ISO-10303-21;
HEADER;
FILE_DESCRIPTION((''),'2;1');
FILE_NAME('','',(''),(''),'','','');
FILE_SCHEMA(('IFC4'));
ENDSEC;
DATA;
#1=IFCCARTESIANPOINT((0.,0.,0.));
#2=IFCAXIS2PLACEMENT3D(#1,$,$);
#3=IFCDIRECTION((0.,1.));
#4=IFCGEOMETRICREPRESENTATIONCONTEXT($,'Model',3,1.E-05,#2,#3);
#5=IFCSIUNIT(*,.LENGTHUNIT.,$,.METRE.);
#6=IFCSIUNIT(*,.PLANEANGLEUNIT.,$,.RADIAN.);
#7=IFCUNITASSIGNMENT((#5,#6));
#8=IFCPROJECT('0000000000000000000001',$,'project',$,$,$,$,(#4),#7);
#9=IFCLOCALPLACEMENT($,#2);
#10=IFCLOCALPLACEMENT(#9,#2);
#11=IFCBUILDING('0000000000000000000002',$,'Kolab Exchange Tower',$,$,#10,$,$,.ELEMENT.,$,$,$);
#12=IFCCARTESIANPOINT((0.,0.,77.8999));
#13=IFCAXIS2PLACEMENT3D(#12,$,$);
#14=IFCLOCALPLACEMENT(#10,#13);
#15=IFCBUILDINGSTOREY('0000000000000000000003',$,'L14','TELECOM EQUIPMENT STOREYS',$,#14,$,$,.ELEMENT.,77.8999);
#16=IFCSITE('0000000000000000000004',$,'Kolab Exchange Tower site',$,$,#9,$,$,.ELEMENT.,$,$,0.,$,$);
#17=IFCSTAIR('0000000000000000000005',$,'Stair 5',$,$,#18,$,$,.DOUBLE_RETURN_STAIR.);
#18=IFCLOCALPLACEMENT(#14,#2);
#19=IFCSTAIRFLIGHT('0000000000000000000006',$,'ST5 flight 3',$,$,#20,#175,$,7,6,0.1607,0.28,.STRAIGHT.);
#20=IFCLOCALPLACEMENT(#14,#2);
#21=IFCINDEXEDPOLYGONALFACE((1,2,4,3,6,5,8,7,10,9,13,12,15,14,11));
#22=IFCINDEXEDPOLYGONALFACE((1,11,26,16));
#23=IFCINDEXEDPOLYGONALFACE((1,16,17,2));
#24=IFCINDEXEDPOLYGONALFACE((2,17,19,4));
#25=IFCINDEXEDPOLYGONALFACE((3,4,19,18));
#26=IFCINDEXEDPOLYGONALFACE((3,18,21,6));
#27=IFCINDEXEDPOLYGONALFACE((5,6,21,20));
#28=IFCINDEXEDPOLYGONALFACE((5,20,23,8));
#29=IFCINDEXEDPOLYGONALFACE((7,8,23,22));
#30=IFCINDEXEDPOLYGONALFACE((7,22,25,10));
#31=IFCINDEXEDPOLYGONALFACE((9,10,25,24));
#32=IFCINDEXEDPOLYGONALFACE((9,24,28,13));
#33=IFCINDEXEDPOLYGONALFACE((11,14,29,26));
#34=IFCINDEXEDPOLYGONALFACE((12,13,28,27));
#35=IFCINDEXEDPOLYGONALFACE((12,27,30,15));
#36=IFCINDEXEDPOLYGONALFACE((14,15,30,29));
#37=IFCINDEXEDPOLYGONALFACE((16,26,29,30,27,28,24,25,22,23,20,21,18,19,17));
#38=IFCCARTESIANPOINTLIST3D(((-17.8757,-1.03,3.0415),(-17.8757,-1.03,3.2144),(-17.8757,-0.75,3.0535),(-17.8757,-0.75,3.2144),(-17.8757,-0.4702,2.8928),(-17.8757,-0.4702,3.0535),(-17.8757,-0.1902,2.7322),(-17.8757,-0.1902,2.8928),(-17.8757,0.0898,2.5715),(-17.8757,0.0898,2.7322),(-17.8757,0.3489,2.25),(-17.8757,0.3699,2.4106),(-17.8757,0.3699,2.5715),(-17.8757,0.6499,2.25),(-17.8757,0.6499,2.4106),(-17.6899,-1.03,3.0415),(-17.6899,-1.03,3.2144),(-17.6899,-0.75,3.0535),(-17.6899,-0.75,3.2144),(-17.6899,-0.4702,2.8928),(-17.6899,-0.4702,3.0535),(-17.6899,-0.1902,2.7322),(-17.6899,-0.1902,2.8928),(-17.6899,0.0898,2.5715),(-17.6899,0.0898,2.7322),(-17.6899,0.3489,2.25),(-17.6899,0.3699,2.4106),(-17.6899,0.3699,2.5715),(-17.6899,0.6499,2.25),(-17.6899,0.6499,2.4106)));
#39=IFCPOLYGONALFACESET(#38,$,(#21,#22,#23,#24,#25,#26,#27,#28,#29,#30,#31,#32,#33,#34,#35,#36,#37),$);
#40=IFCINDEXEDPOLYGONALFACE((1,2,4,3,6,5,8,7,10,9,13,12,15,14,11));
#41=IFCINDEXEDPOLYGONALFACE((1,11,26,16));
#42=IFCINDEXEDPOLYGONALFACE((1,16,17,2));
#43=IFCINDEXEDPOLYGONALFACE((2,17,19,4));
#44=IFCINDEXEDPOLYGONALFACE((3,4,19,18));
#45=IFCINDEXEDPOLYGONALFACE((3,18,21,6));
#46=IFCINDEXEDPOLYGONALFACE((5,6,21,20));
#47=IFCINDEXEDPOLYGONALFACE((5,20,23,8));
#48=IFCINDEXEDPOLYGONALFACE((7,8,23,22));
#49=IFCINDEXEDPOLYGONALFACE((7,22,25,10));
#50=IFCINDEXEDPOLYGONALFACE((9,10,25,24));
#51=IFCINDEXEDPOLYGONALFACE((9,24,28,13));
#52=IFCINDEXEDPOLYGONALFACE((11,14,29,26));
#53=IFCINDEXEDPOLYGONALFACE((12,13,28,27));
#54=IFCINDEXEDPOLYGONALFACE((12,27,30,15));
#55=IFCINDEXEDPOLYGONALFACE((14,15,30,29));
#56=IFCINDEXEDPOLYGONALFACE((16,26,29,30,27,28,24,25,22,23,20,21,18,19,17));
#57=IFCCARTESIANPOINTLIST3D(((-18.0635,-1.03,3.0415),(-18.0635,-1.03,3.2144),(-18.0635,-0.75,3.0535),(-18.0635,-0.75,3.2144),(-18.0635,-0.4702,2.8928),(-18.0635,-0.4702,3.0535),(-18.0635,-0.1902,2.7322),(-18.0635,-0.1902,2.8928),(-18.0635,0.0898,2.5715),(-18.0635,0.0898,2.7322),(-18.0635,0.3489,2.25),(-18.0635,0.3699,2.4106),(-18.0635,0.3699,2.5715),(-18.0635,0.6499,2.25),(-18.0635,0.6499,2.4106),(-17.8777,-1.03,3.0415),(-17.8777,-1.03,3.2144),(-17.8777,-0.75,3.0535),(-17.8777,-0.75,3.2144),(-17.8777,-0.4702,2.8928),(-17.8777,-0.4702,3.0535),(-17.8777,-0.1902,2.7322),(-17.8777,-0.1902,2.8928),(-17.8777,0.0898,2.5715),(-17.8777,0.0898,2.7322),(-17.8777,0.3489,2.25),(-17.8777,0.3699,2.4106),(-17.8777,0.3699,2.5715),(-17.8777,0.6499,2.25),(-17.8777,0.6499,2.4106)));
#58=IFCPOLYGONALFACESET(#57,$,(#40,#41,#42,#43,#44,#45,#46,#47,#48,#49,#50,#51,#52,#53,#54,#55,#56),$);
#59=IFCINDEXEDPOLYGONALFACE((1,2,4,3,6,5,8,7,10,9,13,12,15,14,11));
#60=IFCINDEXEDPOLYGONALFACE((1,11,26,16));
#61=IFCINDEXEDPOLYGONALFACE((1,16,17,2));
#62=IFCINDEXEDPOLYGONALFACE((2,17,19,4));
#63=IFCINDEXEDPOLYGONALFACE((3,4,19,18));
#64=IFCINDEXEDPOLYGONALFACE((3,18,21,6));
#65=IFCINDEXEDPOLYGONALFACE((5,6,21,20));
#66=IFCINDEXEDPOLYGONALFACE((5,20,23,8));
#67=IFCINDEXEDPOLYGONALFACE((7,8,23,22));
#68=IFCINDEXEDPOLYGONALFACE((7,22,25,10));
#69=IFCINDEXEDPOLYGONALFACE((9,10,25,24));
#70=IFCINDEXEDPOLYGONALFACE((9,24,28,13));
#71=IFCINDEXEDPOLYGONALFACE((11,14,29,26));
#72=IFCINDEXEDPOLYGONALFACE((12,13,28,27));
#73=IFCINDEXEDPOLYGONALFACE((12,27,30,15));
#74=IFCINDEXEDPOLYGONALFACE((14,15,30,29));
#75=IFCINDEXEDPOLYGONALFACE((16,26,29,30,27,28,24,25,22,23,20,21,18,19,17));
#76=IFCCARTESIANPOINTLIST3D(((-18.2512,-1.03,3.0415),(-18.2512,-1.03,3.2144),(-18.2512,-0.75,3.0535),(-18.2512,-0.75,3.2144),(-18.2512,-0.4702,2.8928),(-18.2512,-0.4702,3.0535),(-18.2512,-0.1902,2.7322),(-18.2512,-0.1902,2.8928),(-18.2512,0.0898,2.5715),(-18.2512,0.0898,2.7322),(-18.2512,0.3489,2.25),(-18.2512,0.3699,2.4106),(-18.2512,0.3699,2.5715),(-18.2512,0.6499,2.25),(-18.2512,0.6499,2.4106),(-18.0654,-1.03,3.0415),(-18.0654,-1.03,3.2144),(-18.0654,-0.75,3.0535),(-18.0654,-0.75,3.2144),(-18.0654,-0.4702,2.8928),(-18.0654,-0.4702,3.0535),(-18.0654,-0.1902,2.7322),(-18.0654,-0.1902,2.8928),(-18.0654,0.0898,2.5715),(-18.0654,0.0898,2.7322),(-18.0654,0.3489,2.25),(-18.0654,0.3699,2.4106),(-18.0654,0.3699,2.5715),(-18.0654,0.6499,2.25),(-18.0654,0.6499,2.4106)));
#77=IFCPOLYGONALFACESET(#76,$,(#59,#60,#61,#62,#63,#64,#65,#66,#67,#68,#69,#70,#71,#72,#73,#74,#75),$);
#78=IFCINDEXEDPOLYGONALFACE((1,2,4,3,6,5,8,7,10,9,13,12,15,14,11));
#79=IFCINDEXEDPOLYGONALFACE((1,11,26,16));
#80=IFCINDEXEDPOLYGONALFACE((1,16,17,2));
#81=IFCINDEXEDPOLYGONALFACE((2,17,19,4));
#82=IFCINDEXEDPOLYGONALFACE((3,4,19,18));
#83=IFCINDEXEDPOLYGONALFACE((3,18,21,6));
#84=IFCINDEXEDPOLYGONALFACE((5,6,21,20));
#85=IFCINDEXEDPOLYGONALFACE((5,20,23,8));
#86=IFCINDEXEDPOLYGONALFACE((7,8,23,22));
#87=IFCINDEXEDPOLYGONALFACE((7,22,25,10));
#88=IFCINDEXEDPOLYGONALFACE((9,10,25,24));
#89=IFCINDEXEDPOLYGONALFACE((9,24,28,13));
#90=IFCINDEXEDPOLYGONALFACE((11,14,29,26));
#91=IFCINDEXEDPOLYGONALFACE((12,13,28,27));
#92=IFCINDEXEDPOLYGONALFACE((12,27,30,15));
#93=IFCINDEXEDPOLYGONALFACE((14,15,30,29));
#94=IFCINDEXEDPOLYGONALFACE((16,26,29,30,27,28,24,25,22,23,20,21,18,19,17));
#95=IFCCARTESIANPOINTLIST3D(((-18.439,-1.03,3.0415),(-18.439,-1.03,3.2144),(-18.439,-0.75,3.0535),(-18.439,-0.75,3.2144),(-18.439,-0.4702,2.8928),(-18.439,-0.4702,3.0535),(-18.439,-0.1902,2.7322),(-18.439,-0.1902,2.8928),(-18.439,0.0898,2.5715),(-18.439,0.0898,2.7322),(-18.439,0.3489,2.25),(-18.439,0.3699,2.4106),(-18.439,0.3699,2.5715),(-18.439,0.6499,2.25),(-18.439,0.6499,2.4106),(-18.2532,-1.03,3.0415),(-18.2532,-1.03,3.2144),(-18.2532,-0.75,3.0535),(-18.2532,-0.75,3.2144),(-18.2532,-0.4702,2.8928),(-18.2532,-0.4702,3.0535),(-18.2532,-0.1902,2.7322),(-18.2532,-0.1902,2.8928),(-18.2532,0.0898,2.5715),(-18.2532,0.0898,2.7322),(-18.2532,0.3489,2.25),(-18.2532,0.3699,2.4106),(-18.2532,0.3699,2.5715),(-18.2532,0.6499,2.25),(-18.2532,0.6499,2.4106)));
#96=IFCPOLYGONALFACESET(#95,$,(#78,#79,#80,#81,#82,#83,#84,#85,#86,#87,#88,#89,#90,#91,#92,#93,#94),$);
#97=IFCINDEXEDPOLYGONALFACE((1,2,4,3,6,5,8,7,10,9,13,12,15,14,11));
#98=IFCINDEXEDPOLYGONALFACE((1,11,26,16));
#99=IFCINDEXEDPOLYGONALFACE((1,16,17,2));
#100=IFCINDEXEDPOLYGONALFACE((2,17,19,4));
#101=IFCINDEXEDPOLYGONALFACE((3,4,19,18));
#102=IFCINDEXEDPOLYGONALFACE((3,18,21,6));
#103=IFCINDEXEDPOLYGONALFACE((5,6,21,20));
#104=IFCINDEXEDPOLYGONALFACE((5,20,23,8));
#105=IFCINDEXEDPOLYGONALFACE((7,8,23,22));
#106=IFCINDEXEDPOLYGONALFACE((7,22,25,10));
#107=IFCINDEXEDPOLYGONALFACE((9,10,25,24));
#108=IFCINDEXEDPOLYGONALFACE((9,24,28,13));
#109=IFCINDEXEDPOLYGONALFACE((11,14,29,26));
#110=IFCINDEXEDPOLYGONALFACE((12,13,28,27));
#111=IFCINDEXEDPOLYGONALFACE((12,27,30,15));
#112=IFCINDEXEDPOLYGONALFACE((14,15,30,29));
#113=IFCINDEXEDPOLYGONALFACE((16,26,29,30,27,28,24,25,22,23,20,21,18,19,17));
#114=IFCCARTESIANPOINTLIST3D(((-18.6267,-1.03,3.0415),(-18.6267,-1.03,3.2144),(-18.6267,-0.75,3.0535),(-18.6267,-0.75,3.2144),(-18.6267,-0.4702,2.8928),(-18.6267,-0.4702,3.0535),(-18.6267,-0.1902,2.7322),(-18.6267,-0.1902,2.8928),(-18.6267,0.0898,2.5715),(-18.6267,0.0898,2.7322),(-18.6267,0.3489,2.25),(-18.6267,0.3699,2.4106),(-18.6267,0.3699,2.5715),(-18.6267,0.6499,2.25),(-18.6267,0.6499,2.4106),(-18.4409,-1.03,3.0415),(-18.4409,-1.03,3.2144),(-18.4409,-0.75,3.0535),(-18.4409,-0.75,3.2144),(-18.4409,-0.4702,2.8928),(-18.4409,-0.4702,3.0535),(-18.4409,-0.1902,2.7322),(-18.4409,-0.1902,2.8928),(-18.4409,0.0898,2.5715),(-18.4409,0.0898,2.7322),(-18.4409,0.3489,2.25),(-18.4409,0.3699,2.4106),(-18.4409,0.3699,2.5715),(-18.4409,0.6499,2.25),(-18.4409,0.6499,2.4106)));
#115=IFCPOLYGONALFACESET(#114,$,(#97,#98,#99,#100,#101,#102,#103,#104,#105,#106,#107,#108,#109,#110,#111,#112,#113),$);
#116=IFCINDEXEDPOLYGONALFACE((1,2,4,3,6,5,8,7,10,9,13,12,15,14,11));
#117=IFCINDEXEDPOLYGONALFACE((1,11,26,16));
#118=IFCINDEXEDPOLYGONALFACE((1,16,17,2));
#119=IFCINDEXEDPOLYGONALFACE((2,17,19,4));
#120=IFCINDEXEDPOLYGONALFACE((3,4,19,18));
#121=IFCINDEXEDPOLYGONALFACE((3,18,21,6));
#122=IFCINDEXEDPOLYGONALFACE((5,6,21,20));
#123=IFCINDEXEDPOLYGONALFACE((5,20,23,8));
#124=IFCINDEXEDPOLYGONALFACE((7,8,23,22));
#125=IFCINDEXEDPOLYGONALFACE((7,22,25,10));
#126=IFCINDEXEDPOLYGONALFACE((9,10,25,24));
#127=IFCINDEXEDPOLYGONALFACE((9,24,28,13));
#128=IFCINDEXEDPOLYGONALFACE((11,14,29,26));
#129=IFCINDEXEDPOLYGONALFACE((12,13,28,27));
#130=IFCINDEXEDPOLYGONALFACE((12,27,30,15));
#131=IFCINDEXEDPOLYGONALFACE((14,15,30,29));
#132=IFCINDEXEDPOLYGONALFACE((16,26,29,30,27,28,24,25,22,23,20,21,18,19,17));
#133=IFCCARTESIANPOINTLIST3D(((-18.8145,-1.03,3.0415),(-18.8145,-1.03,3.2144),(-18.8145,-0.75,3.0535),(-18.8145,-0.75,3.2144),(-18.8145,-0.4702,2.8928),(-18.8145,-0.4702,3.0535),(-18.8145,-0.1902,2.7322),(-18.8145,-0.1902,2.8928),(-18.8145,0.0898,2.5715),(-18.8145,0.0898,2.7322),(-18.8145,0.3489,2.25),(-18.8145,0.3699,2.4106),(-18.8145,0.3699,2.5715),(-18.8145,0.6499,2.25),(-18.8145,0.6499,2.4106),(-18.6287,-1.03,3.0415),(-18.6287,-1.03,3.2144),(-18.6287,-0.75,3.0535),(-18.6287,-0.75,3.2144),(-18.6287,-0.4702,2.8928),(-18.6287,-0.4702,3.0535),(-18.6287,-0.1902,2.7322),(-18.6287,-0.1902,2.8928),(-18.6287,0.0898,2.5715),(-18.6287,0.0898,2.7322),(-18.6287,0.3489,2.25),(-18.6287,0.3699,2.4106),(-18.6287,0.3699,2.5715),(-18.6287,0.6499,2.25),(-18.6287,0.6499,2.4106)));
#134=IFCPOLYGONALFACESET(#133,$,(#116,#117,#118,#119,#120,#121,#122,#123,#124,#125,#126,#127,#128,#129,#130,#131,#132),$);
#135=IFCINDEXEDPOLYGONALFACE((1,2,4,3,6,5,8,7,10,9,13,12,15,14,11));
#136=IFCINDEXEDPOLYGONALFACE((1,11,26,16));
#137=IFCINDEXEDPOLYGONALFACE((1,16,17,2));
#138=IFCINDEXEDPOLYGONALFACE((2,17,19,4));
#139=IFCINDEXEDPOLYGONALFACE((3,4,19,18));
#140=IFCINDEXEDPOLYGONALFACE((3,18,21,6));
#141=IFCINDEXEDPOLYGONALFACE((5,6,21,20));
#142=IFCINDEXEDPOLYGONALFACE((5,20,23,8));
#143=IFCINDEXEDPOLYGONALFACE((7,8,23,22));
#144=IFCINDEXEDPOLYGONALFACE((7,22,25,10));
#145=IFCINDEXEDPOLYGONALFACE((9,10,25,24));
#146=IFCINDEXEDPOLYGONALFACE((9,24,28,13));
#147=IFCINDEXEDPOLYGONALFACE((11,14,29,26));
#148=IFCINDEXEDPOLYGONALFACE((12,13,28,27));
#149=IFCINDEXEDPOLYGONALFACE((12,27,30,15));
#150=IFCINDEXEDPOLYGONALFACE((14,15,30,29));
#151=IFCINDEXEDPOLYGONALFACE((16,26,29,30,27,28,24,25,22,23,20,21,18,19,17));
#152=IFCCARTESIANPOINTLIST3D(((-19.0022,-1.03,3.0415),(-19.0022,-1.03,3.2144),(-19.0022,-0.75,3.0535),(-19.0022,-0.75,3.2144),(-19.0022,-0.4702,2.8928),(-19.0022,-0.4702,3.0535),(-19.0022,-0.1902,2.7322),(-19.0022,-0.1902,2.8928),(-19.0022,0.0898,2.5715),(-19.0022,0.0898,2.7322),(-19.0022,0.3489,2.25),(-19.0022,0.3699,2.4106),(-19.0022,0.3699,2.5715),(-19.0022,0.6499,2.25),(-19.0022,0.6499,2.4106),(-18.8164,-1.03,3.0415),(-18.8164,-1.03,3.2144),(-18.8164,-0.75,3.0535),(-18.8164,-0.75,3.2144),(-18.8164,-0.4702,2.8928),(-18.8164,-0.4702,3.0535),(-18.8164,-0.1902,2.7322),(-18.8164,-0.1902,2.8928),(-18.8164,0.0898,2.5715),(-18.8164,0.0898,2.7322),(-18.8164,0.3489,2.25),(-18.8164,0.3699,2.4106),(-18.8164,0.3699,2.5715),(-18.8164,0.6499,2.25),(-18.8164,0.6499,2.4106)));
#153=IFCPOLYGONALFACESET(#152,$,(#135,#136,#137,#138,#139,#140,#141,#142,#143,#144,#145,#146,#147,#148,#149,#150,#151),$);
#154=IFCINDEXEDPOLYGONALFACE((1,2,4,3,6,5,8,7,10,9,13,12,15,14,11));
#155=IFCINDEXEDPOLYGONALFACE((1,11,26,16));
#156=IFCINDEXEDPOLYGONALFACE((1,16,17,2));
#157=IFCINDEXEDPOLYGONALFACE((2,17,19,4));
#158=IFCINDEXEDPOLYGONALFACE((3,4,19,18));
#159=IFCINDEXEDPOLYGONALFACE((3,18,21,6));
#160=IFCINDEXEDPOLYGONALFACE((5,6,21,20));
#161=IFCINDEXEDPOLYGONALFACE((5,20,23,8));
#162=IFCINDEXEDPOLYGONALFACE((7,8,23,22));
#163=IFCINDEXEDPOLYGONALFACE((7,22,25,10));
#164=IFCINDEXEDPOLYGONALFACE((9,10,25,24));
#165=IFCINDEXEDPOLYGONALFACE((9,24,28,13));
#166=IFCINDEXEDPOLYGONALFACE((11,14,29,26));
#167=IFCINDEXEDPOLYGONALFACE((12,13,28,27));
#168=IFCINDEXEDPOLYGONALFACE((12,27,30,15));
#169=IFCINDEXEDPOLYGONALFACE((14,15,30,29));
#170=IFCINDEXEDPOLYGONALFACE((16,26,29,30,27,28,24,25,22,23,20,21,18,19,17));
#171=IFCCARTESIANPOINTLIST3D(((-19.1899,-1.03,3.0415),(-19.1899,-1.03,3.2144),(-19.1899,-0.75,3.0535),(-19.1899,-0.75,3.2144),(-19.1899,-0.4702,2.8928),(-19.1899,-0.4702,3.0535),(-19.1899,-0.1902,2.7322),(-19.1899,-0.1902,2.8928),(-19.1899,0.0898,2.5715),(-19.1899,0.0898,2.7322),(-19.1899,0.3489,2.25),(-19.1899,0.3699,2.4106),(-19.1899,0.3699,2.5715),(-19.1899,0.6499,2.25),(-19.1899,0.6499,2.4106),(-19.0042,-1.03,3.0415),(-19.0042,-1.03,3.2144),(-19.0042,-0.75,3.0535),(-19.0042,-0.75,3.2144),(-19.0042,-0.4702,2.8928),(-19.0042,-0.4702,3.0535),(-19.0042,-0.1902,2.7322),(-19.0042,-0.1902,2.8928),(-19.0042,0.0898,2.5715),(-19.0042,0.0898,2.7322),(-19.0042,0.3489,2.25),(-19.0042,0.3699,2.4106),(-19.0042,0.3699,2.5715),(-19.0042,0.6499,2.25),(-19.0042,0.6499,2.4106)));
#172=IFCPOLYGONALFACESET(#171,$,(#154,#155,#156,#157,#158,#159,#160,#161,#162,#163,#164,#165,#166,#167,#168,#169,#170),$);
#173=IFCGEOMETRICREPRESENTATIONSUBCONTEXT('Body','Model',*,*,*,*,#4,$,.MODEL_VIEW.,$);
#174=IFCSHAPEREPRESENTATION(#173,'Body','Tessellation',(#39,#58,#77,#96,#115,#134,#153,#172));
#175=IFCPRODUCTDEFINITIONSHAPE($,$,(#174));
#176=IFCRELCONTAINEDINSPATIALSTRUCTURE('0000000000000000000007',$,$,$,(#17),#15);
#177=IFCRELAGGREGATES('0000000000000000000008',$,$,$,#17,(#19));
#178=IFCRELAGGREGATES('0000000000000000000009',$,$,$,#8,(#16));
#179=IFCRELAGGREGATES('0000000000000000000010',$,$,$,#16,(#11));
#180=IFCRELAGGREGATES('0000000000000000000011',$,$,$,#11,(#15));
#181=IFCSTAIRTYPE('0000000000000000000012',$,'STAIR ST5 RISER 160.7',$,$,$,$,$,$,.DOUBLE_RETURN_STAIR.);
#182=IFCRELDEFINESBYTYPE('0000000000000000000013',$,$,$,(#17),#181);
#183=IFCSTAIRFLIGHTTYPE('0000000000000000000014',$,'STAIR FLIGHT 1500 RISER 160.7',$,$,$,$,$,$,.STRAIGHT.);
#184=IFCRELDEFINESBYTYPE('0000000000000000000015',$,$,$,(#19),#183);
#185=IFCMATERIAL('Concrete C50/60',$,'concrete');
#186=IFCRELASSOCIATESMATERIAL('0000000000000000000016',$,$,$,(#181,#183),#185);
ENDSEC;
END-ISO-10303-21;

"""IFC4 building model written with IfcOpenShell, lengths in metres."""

from ifc_helpers import new_model, si_unit, direction, frame, origin, place, context, subcontext, project, spatial, polyline, outline, extrude, material, type_object, element, aggregate, save


model = new_model("IFC4")

# Units and contexts
model_context = context("Model", 3, precision=1e-05, world=origin(), true_north=direction((0.0, 1.0)))
body_context = subcontext(model_context, "Body", "Model", "MODEL_VIEW")
ifc_project = project(units=[si_unit("LENGTHUNIT", "METRE"), si_unit("PLANEANGLEUNIT", "RADIAN")], contexts=[model_context])

# Site, building, storey
site_placement = place(None, origin())
site = spatial("IfcSite", under=ifc_project, at=site_placement, Name="Kolab Exchange Tower site", CompositionType="ELEMENT", RefElevation=0.0)
building_placement = place(site_placement, origin())
building = spatial("IfcBuilding", under=site, at=building_placement, Name="Kolab Exchange Tower", CompositionType="ELEMENT")
storey_placement = place(building_placement, frame((0.0, 0.0, 77.8999)))
storey = spatial("IfcBuildingStorey", under=building, at=storey_placement, Name="L14", Description="TELECOM EQUIPMENT STOREYS", CompositionType="ELEMENT", Elevation=77.8999)

# Shared definitions
ifc_material_1 = material(Name="Concrete C50/60", Category="concrete")

# Stair, stair flight
stair_type = type_object("IfcStairType", Name="STAIR ST5 RISER 160.7", PredefinedType="DOUBLE_RETURN_STAIR", material=ifc_material_1)
stair_placement = place(storey_placement, origin())
stair = element("IfcStair", 1, at=stair_placement, inside=storey, type_object=stair_type, Name="Stair 5", PredefinedType="DOUBLE_RETURN_STAIR")
stair_flight_type = type_object("IfcStairFlightType", Name="STAIR FLIGHT 1500 RISER 160.7", PredefinedType="STRAIGHT", material=ifc_material_1)
stair_flight_1_placement = place(storey_placement, frame((-18.4399, 0.6499, 2.25), z_axis=(0.0, 0.0, 1.0), x_axis=(0.0, -1.0, 0.0)))
stair_flight_1 = element("IfcStairFlight", 2, at=stair_flight_1_placement, type_object=stair_flight_type, Name="ST5 flight 3", NumberOfRisers=7, NumberOfTreads=6, PredefinedType="STRAIGHT", RiserHeight=0.1607, TreadLength=0.28, context=body_context, shape_type="SweptSolid", body=[
    extrude(outline(polyline([(0.0, 0.0), (0.0, 0.1606), (0.28, 0.1606), (0.28, 0.3215), (0.5601, 0.3215), (0.5601, 0.4822), (0.8401, 0.4822), (0.8401, 0.6428), (1.1201, 0.6428), (1.1201, 0.8035), (1.3999, 0.8035), (1.3999, 0.9644), (1.6799, 0.9644), (1.6799, 1.125), (1.6799, 0.7915), (0.301, 0.0), (0.0, 0.0)])), frame((0.0, 0.75, 0.0), z_axis=(0.0, -1.0, 0.0), x_axis=(1.0, 0.0, 0.0)), (0.0, 0.0, 1.0), 0.1858),
    extrude(outline(polyline([(0.0, 0.0), (0.0, 0.1606), (0.28, 0.1606), (0.28, 0.3215), (0.5601, 0.3215), (0.5601, 0.4822), (0.8401, 0.4822), (0.8401, 0.6428), (1.1201, 0.6428), (1.1201, 0.8035), (1.3999, 0.8035), (1.3999, 0.9644), (1.6799, 0.9644), (1.6799, 1.125), (1.6799, 0.7915), (0.301, 0.0), (0.0, 0.0)])), frame((0.0, 0.5623, 0.0), z_axis=(0.0, -1.0, 0.0), x_axis=(1.0, 0.0, 0.0)), (0.0, 0.0, 1.0), 0.1858),
    extrude(outline(polyline([(0.0, 0.0), (0.0, 0.1606), (0.28, 0.1606), (0.28, 0.3215), (0.5601, 0.3215), (0.5601, 0.4822), (0.8401, 0.4822), (0.8401, 0.6428), (1.1201, 0.6428), (1.1201, 0.8035), (1.3999, 0.8035), (1.3999, 0.9644), (1.6799, 0.9644), (1.6799, 1.125), (1.6799, 0.7915), (0.301, 0.0), (0.0, 0.0)])), frame((0.0, 0.3745, 0.0), z_axis=(0.0, -1.0, 0.0), x_axis=(1.0, 0.0, 0.0)), (0.0, 0.0, 1.0), 0.1858),
    extrude(outline(polyline([(0.0, 0.0), (0.0, 0.1606), (0.28, 0.1606), (0.28, 0.3215), (0.5601, 0.3215), (0.5601, 0.4822), (0.8401, 0.4822), (0.8401, 0.6428), (1.1201, 0.6428), (1.1201, 0.8035), (1.3999, 0.8035), (1.3999, 0.9644), (1.6799, 0.9644), (1.6799, 1.125), (1.6799, 0.7915), (0.301, 0.0), (0.0, 0.0)])), frame((0.0, 0.1868, 0.0), z_axis=(0.0, -1.0, 0.0), x_axis=(1.0, 0.0, 0.0)), (0.0, 0.0, 1.0), 0.1858),
    extrude(outline(polyline([(0.0, 0.0), (0.0, 0.1606), (0.28, 0.1606), (0.28, 0.3215), (0.5601, 0.3215), (0.5601, 0.4822), (0.8401, 0.4822), (0.8401, 0.6428), (1.1201, 0.6428), (1.1201, 0.8035), (1.3999, 0.8035), (1.3999, 0.9644), (1.6799, 0.9644), (1.6799, 1.125), (1.6799, 0.7915), (0.301, 0.0), (0.0, 0.0)])), frame((0.0, -0.001, 0.0), z_axis=(0.0, -1.0, 0.0), x_axis=(1.0, 0.0, 0.0)), (0.0, 0.0, 1.0), 0.1858),
    extrude(outline(polyline([(0.0, 0.0), (0.0, 0.1606), (0.28, 0.1606), (0.28, 0.3215), (0.5601, 0.3215), (0.5601, 0.4822), (0.8401, 0.4822), (0.8401, 0.6428), (1.1201, 0.6428), (1.1201, 0.8035), (1.3999, 0.8035), (1.3999, 0.9644), (1.6799, 0.9644), (1.6799, 1.125), (1.6799, 0.7915), (0.301, 0.0), (0.0, 0.0)])), frame((0.0, -0.1887, 0.0), z_axis=(0.0, -1.0, 0.0), x_axis=(1.0, 0.0, 0.0)), (0.0, 0.0, 1.0), 0.1858),
    extrude(outline(polyline([(0.0, 0.0), (0.0, 0.1606), (0.28, 0.1606), (0.28, 0.3215), (0.5601, 0.3215), (0.5601, 0.4822), (0.8401, 0.4822), (0.8401, 0.6428), (1.1201, 0.6428), (1.1201, 0.8035), (1.3999, 0.8035), (1.3999, 0.9644), (1.6799, 0.9644), (1.6799, 1.125), (1.6799, 0.7915), (0.301, 0.0), (0.0, 0.0)])), frame((0.0, -0.3765, 0.0), z_axis=(0.0, -1.0, 0.0), x_axis=(1.0, 0.0, 0.0)), (0.0, 0.0, 1.0), 0.1858),
    extrude(outline(polyline([(0.0, 0.0), (0.0, 0.1606), (0.28, 0.1606), (0.28, 0.3215), (0.5601, 0.3215), (0.5601, 0.4822), (0.8401, 0.4822), (0.8401, 0.6428), (1.1201, 0.6428), (1.1201, 0.8035), (1.3999, 0.8035), (1.3999, 0.9644), (1.6799, 0.9644), (1.6799, 1.125), (1.6799, 0.7915), (0.301, 0.0), (0.0, 0.0)])), frame((0.0, -0.5642, 0.0), z_axis=(0.0, -1.0, 0.0), x_axis=(1.0, 0.0, 0.0)), (0.0, 0.0, 1.0), 0.1858),
])
aggregate(stair, [stair_flight_1])

save(model, "model.ifc")
